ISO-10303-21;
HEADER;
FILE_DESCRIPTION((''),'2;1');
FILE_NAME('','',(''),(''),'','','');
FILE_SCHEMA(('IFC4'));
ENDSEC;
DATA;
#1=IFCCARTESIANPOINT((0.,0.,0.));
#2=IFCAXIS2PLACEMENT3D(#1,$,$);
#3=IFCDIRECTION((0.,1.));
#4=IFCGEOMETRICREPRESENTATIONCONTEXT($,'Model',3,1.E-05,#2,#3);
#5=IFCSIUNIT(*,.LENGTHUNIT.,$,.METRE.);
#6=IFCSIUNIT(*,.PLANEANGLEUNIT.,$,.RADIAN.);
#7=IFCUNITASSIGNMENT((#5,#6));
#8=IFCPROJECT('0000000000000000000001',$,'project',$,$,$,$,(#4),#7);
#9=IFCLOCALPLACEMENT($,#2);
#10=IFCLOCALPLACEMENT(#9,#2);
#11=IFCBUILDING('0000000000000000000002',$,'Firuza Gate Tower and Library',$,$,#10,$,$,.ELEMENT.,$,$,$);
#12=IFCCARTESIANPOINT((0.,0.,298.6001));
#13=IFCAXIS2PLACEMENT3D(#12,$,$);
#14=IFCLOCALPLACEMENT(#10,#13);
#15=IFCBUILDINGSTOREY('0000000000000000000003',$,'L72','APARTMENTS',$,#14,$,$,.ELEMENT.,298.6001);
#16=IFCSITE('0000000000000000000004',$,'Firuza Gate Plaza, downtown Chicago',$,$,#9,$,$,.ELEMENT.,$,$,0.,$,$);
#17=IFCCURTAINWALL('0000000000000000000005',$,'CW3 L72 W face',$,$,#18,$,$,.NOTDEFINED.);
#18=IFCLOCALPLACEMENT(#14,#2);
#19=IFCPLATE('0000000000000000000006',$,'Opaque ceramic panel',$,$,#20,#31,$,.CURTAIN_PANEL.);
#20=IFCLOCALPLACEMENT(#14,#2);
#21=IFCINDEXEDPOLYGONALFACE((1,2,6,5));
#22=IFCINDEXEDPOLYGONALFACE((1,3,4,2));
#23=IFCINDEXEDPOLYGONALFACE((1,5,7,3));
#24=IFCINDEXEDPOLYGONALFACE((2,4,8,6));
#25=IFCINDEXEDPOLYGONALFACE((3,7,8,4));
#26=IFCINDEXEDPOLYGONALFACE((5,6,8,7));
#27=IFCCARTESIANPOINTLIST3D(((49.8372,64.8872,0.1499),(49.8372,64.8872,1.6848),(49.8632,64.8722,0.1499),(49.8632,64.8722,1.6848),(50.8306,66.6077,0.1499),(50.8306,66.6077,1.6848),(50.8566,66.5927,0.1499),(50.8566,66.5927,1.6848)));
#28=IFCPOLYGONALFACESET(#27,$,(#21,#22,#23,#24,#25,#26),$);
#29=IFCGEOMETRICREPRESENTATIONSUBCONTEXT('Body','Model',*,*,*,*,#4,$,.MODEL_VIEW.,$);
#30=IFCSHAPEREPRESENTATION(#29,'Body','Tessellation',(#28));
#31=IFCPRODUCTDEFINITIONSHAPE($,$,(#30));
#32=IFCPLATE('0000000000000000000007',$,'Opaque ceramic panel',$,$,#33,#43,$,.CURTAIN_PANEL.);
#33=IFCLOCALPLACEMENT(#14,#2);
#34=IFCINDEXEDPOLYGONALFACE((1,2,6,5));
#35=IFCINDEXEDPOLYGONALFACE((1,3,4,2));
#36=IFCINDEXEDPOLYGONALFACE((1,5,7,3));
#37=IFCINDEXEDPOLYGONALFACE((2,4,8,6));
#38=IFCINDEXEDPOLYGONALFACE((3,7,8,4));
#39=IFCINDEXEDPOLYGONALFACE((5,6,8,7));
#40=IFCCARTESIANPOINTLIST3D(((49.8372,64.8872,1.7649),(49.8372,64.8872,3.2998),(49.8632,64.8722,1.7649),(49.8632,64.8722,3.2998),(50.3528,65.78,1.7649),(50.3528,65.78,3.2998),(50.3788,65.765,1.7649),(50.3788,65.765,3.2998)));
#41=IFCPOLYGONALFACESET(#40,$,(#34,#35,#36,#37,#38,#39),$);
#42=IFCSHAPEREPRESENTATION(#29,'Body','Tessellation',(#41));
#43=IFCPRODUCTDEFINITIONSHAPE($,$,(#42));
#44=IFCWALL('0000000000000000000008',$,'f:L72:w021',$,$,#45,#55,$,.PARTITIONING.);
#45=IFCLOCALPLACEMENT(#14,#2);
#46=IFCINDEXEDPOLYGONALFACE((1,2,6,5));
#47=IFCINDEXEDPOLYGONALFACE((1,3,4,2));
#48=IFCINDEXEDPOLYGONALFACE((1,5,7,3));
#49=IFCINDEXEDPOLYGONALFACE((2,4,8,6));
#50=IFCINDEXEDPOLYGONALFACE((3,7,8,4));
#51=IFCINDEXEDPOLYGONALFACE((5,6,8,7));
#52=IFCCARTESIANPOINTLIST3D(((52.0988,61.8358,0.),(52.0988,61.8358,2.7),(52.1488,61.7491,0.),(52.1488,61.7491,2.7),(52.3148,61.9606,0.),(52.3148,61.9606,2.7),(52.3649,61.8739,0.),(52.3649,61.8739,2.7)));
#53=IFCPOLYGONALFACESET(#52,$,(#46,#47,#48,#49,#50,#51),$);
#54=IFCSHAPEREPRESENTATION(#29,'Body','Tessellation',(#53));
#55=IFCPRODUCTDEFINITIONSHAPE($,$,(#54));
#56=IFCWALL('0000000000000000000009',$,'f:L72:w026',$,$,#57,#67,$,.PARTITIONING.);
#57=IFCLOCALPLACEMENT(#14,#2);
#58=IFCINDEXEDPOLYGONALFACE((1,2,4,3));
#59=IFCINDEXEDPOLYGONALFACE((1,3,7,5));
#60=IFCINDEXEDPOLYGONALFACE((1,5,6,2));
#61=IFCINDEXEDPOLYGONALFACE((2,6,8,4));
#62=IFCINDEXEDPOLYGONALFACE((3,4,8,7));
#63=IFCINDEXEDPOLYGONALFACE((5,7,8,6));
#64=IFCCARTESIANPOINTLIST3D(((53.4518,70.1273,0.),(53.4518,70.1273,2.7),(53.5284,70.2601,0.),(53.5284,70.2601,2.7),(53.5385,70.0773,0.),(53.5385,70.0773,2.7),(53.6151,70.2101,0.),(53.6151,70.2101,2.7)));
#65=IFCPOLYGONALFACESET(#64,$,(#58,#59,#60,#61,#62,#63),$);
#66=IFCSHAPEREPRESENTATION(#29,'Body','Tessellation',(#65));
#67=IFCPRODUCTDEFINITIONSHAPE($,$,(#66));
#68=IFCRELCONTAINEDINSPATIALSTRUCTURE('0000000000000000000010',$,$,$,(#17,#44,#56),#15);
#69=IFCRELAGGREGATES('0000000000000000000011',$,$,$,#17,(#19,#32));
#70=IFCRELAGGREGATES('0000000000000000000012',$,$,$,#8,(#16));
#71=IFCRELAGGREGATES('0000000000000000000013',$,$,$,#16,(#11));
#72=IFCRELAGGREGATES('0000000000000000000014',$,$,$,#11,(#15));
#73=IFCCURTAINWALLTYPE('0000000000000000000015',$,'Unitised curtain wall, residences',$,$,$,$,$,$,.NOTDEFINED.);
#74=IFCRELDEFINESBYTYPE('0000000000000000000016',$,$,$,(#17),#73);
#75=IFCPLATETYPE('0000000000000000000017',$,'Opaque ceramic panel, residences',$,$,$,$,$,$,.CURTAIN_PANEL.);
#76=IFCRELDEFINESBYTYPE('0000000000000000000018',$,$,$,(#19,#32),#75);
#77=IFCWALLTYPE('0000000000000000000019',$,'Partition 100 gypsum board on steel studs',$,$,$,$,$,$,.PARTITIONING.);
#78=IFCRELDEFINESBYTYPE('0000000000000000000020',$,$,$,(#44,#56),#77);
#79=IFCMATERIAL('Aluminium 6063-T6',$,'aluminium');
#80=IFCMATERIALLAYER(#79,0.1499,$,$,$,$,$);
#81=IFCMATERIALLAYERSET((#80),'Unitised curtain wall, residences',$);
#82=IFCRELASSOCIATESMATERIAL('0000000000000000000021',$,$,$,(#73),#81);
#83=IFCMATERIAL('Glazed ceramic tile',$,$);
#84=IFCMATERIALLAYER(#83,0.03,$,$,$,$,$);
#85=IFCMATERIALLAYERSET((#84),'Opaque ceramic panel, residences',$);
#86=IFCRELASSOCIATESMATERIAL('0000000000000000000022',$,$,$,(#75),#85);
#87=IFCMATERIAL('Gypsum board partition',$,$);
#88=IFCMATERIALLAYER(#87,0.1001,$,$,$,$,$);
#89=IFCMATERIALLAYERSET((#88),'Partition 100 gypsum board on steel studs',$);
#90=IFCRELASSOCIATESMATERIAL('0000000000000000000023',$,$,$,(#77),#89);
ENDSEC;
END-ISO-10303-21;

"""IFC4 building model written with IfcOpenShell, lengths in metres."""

from ifc_helpers import new_model, si_unit, direction, frame, frame_2d, origin, place, context, subcontext, project, spatial, polyline, rectangle, outline, extrude, material, layer, layer_set, type_object, element, aggregate, save


model = new_model("IFC4")

# Units and contexts
model_context = context("Model", 3, precision=1e-05, world=origin(), true_north=direction((0.0, 1.0)))
body_context = subcontext(model_context, "Body", "Model", "MODEL_VIEW")
ifc_project = project(units=[si_unit("LENGTHUNIT", "METRE"), si_unit("PLANEANGLEUNIT", "RADIAN")], contexts=[model_context])

# Site, building, storey
site_placement = place(None, origin())
site = spatial("IfcSite", under=ifc_project, at=site_placement, Name="Firuza Gate Plaza, downtown Chicago", CompositionType="ELEMENT", RefElevation=0.0)
building_placement = place(site_placement, origin())
building = spatial("IfcBuilding", under=site, at=building_placement, Name="Firuza Gate Tower and Library", CompositionType="ELEMENT")
storey_placement = place(building_placement, frame((0.0, 0.0, 298.6001)))
storey = spatial("IfcBuildingStorey", under=building, at=storey_placement, Name="L72", Description="APARTMENTS", CompositionType="ELEMENT", Elevation=298.6001)

# Curtain wall
placement = place(storey_placement, origin())
ifc_material_1 = material(Name="Aluminium 6063-T6", Category="aluminium")
ifc_layer_1 = layer(ifc_material_1, 0.1499)
ifc_layer_set_1 = layer_set([ifc_layer_1], Name="Unitised curtain wall, residences")
curtain_wall_type_1 = type_object("IfcCurtainWallType", Name="Unitised curtain wall, residences", PredefinedType="NOTDEFINED", material=ifc_layer_set_1)
curtain_wall_1 = element("IfcCurtainWall", 1, at=placement, inside=storey, type_object=curtain_wall_type_1, Name="CW3 L72 W face", PredefinedType="NOTDEFINED")

# Plates
ifc_material_2 = material(Name="Glazed ceramic tile")
ifc_layer_2 = layer(ifc_material_2, 0.03)
ifc_layer_set_2 = layer_set([ifc_layer_2], Name="Opaque ceramic panel, residences")
plate_type_1 = type_object("IfcPlateType", Name="Opaque ceramic panel, residences", PredefinedType="CURTAIN_PANEL", material=ifc_layer_set_2)
plate_1_placement = place(storey_placement, frame((50.8306, 66.6077, 0.1499), z_axis=(-0.866003, 0.500038, 0.0), x_axis=(-0.500038, -0.866003, 0.0)))
plate_1 = element("IfcPlate", 2, at=plate_1_placement, type_object=plate_type_1, Name="Opaque ceramic panel", PredefinedType="CURTAIN_PANEL", context=body_context, shape_type="SweptSolid", body=[
    extrude(outline(polyline([(0.0, 0.0), (1.9867, 0.0), (1.9867, 1.5349), (0.0, 1.5349), (0.0, 0.0)])), origin(), (0.0, 0.0, -1.0), 0.03),
])
plate_2_placement = place(storey_placement, frame((50.3528, 65.78, 1.7649), z_axis=(-0.865961, 0.500112, 0.0), x_axis=(-0.500112, -0.865961, 0.0)))
plate_2 = element("IfcPlate", 3, at=plate_2_placement, type_object=plate_type_1, Name="Opaque ceramic panel", PredefinedType="CURTAIN_PANEL", context=body_context, shape_type="SweptSolid", body=[
    extrude(outline(polyline([(0.0, 0.0), (1.031, 0.0), (1.031, 1.5349), (0.0, 1.5349), (0.0, 0.0)])), origin(), (0.0, 0.0, -1.0), 0.03),
])
aggregate(curtain_wall_1, [plate_1, plate_2])

# Walls
ifc_material_3 = material(Name="Gypsum board partition")
ifc_layer_3 = layer(ifc_material_3, 0.1001)
ifc_layer_set_3 = layer_set([ifc_layer_3], Name="Partition 100 gypsum board on steel studs")
wall_type = type_object("IfcWallType", Name="Partition 100 gypsum board on steel studs", PredefinedType="PARTITIONING", material=ifc_layer_set_3)
wall_1_placement = place(storey_placement, frame((52.1238, 61.7925, 0.0), z_axis=(0.0, 0.0, 1.0), x_axis=(0.866006, 0.500033, 0.0)))
element("IfcWall", 4, at=wall_1_placement, inside=storey, type_object=wall_type, Name="f:L72:w021", PredefinedType="PARTITIONING", context=body_context, shape_type="SweptSolid", body=[
    extrude(rectangle(XDim=0.2495, YDim=0.1001, at=frame_2d((0.1248, 0.0))), origin(), (0.0, 0.0, 1.0), 2.7),
])
wall_2_placement = place(storey_placement, frame((53.4951, 70.1023, 0.0), z_axis=(0.0, 0.0, 1.0), x_axis=(0.499906, 0.86608, 0.0)))
element("IfcWall", 5, at=wall_2_placement, inside=storey, type_object=wall_type, Name="f:L72:w026", PredefinedType="PARTITIONING", context=body_context, shape_type="SweptSolid", body=[
    extrude(rectangle(XDim=0.1533, YDim=0.1001, at=frame_2d((0.0767, 0.0))), origin(), (0.0, 0.0, 1.0), 2.7),
])

save(model, "model.ifc")
